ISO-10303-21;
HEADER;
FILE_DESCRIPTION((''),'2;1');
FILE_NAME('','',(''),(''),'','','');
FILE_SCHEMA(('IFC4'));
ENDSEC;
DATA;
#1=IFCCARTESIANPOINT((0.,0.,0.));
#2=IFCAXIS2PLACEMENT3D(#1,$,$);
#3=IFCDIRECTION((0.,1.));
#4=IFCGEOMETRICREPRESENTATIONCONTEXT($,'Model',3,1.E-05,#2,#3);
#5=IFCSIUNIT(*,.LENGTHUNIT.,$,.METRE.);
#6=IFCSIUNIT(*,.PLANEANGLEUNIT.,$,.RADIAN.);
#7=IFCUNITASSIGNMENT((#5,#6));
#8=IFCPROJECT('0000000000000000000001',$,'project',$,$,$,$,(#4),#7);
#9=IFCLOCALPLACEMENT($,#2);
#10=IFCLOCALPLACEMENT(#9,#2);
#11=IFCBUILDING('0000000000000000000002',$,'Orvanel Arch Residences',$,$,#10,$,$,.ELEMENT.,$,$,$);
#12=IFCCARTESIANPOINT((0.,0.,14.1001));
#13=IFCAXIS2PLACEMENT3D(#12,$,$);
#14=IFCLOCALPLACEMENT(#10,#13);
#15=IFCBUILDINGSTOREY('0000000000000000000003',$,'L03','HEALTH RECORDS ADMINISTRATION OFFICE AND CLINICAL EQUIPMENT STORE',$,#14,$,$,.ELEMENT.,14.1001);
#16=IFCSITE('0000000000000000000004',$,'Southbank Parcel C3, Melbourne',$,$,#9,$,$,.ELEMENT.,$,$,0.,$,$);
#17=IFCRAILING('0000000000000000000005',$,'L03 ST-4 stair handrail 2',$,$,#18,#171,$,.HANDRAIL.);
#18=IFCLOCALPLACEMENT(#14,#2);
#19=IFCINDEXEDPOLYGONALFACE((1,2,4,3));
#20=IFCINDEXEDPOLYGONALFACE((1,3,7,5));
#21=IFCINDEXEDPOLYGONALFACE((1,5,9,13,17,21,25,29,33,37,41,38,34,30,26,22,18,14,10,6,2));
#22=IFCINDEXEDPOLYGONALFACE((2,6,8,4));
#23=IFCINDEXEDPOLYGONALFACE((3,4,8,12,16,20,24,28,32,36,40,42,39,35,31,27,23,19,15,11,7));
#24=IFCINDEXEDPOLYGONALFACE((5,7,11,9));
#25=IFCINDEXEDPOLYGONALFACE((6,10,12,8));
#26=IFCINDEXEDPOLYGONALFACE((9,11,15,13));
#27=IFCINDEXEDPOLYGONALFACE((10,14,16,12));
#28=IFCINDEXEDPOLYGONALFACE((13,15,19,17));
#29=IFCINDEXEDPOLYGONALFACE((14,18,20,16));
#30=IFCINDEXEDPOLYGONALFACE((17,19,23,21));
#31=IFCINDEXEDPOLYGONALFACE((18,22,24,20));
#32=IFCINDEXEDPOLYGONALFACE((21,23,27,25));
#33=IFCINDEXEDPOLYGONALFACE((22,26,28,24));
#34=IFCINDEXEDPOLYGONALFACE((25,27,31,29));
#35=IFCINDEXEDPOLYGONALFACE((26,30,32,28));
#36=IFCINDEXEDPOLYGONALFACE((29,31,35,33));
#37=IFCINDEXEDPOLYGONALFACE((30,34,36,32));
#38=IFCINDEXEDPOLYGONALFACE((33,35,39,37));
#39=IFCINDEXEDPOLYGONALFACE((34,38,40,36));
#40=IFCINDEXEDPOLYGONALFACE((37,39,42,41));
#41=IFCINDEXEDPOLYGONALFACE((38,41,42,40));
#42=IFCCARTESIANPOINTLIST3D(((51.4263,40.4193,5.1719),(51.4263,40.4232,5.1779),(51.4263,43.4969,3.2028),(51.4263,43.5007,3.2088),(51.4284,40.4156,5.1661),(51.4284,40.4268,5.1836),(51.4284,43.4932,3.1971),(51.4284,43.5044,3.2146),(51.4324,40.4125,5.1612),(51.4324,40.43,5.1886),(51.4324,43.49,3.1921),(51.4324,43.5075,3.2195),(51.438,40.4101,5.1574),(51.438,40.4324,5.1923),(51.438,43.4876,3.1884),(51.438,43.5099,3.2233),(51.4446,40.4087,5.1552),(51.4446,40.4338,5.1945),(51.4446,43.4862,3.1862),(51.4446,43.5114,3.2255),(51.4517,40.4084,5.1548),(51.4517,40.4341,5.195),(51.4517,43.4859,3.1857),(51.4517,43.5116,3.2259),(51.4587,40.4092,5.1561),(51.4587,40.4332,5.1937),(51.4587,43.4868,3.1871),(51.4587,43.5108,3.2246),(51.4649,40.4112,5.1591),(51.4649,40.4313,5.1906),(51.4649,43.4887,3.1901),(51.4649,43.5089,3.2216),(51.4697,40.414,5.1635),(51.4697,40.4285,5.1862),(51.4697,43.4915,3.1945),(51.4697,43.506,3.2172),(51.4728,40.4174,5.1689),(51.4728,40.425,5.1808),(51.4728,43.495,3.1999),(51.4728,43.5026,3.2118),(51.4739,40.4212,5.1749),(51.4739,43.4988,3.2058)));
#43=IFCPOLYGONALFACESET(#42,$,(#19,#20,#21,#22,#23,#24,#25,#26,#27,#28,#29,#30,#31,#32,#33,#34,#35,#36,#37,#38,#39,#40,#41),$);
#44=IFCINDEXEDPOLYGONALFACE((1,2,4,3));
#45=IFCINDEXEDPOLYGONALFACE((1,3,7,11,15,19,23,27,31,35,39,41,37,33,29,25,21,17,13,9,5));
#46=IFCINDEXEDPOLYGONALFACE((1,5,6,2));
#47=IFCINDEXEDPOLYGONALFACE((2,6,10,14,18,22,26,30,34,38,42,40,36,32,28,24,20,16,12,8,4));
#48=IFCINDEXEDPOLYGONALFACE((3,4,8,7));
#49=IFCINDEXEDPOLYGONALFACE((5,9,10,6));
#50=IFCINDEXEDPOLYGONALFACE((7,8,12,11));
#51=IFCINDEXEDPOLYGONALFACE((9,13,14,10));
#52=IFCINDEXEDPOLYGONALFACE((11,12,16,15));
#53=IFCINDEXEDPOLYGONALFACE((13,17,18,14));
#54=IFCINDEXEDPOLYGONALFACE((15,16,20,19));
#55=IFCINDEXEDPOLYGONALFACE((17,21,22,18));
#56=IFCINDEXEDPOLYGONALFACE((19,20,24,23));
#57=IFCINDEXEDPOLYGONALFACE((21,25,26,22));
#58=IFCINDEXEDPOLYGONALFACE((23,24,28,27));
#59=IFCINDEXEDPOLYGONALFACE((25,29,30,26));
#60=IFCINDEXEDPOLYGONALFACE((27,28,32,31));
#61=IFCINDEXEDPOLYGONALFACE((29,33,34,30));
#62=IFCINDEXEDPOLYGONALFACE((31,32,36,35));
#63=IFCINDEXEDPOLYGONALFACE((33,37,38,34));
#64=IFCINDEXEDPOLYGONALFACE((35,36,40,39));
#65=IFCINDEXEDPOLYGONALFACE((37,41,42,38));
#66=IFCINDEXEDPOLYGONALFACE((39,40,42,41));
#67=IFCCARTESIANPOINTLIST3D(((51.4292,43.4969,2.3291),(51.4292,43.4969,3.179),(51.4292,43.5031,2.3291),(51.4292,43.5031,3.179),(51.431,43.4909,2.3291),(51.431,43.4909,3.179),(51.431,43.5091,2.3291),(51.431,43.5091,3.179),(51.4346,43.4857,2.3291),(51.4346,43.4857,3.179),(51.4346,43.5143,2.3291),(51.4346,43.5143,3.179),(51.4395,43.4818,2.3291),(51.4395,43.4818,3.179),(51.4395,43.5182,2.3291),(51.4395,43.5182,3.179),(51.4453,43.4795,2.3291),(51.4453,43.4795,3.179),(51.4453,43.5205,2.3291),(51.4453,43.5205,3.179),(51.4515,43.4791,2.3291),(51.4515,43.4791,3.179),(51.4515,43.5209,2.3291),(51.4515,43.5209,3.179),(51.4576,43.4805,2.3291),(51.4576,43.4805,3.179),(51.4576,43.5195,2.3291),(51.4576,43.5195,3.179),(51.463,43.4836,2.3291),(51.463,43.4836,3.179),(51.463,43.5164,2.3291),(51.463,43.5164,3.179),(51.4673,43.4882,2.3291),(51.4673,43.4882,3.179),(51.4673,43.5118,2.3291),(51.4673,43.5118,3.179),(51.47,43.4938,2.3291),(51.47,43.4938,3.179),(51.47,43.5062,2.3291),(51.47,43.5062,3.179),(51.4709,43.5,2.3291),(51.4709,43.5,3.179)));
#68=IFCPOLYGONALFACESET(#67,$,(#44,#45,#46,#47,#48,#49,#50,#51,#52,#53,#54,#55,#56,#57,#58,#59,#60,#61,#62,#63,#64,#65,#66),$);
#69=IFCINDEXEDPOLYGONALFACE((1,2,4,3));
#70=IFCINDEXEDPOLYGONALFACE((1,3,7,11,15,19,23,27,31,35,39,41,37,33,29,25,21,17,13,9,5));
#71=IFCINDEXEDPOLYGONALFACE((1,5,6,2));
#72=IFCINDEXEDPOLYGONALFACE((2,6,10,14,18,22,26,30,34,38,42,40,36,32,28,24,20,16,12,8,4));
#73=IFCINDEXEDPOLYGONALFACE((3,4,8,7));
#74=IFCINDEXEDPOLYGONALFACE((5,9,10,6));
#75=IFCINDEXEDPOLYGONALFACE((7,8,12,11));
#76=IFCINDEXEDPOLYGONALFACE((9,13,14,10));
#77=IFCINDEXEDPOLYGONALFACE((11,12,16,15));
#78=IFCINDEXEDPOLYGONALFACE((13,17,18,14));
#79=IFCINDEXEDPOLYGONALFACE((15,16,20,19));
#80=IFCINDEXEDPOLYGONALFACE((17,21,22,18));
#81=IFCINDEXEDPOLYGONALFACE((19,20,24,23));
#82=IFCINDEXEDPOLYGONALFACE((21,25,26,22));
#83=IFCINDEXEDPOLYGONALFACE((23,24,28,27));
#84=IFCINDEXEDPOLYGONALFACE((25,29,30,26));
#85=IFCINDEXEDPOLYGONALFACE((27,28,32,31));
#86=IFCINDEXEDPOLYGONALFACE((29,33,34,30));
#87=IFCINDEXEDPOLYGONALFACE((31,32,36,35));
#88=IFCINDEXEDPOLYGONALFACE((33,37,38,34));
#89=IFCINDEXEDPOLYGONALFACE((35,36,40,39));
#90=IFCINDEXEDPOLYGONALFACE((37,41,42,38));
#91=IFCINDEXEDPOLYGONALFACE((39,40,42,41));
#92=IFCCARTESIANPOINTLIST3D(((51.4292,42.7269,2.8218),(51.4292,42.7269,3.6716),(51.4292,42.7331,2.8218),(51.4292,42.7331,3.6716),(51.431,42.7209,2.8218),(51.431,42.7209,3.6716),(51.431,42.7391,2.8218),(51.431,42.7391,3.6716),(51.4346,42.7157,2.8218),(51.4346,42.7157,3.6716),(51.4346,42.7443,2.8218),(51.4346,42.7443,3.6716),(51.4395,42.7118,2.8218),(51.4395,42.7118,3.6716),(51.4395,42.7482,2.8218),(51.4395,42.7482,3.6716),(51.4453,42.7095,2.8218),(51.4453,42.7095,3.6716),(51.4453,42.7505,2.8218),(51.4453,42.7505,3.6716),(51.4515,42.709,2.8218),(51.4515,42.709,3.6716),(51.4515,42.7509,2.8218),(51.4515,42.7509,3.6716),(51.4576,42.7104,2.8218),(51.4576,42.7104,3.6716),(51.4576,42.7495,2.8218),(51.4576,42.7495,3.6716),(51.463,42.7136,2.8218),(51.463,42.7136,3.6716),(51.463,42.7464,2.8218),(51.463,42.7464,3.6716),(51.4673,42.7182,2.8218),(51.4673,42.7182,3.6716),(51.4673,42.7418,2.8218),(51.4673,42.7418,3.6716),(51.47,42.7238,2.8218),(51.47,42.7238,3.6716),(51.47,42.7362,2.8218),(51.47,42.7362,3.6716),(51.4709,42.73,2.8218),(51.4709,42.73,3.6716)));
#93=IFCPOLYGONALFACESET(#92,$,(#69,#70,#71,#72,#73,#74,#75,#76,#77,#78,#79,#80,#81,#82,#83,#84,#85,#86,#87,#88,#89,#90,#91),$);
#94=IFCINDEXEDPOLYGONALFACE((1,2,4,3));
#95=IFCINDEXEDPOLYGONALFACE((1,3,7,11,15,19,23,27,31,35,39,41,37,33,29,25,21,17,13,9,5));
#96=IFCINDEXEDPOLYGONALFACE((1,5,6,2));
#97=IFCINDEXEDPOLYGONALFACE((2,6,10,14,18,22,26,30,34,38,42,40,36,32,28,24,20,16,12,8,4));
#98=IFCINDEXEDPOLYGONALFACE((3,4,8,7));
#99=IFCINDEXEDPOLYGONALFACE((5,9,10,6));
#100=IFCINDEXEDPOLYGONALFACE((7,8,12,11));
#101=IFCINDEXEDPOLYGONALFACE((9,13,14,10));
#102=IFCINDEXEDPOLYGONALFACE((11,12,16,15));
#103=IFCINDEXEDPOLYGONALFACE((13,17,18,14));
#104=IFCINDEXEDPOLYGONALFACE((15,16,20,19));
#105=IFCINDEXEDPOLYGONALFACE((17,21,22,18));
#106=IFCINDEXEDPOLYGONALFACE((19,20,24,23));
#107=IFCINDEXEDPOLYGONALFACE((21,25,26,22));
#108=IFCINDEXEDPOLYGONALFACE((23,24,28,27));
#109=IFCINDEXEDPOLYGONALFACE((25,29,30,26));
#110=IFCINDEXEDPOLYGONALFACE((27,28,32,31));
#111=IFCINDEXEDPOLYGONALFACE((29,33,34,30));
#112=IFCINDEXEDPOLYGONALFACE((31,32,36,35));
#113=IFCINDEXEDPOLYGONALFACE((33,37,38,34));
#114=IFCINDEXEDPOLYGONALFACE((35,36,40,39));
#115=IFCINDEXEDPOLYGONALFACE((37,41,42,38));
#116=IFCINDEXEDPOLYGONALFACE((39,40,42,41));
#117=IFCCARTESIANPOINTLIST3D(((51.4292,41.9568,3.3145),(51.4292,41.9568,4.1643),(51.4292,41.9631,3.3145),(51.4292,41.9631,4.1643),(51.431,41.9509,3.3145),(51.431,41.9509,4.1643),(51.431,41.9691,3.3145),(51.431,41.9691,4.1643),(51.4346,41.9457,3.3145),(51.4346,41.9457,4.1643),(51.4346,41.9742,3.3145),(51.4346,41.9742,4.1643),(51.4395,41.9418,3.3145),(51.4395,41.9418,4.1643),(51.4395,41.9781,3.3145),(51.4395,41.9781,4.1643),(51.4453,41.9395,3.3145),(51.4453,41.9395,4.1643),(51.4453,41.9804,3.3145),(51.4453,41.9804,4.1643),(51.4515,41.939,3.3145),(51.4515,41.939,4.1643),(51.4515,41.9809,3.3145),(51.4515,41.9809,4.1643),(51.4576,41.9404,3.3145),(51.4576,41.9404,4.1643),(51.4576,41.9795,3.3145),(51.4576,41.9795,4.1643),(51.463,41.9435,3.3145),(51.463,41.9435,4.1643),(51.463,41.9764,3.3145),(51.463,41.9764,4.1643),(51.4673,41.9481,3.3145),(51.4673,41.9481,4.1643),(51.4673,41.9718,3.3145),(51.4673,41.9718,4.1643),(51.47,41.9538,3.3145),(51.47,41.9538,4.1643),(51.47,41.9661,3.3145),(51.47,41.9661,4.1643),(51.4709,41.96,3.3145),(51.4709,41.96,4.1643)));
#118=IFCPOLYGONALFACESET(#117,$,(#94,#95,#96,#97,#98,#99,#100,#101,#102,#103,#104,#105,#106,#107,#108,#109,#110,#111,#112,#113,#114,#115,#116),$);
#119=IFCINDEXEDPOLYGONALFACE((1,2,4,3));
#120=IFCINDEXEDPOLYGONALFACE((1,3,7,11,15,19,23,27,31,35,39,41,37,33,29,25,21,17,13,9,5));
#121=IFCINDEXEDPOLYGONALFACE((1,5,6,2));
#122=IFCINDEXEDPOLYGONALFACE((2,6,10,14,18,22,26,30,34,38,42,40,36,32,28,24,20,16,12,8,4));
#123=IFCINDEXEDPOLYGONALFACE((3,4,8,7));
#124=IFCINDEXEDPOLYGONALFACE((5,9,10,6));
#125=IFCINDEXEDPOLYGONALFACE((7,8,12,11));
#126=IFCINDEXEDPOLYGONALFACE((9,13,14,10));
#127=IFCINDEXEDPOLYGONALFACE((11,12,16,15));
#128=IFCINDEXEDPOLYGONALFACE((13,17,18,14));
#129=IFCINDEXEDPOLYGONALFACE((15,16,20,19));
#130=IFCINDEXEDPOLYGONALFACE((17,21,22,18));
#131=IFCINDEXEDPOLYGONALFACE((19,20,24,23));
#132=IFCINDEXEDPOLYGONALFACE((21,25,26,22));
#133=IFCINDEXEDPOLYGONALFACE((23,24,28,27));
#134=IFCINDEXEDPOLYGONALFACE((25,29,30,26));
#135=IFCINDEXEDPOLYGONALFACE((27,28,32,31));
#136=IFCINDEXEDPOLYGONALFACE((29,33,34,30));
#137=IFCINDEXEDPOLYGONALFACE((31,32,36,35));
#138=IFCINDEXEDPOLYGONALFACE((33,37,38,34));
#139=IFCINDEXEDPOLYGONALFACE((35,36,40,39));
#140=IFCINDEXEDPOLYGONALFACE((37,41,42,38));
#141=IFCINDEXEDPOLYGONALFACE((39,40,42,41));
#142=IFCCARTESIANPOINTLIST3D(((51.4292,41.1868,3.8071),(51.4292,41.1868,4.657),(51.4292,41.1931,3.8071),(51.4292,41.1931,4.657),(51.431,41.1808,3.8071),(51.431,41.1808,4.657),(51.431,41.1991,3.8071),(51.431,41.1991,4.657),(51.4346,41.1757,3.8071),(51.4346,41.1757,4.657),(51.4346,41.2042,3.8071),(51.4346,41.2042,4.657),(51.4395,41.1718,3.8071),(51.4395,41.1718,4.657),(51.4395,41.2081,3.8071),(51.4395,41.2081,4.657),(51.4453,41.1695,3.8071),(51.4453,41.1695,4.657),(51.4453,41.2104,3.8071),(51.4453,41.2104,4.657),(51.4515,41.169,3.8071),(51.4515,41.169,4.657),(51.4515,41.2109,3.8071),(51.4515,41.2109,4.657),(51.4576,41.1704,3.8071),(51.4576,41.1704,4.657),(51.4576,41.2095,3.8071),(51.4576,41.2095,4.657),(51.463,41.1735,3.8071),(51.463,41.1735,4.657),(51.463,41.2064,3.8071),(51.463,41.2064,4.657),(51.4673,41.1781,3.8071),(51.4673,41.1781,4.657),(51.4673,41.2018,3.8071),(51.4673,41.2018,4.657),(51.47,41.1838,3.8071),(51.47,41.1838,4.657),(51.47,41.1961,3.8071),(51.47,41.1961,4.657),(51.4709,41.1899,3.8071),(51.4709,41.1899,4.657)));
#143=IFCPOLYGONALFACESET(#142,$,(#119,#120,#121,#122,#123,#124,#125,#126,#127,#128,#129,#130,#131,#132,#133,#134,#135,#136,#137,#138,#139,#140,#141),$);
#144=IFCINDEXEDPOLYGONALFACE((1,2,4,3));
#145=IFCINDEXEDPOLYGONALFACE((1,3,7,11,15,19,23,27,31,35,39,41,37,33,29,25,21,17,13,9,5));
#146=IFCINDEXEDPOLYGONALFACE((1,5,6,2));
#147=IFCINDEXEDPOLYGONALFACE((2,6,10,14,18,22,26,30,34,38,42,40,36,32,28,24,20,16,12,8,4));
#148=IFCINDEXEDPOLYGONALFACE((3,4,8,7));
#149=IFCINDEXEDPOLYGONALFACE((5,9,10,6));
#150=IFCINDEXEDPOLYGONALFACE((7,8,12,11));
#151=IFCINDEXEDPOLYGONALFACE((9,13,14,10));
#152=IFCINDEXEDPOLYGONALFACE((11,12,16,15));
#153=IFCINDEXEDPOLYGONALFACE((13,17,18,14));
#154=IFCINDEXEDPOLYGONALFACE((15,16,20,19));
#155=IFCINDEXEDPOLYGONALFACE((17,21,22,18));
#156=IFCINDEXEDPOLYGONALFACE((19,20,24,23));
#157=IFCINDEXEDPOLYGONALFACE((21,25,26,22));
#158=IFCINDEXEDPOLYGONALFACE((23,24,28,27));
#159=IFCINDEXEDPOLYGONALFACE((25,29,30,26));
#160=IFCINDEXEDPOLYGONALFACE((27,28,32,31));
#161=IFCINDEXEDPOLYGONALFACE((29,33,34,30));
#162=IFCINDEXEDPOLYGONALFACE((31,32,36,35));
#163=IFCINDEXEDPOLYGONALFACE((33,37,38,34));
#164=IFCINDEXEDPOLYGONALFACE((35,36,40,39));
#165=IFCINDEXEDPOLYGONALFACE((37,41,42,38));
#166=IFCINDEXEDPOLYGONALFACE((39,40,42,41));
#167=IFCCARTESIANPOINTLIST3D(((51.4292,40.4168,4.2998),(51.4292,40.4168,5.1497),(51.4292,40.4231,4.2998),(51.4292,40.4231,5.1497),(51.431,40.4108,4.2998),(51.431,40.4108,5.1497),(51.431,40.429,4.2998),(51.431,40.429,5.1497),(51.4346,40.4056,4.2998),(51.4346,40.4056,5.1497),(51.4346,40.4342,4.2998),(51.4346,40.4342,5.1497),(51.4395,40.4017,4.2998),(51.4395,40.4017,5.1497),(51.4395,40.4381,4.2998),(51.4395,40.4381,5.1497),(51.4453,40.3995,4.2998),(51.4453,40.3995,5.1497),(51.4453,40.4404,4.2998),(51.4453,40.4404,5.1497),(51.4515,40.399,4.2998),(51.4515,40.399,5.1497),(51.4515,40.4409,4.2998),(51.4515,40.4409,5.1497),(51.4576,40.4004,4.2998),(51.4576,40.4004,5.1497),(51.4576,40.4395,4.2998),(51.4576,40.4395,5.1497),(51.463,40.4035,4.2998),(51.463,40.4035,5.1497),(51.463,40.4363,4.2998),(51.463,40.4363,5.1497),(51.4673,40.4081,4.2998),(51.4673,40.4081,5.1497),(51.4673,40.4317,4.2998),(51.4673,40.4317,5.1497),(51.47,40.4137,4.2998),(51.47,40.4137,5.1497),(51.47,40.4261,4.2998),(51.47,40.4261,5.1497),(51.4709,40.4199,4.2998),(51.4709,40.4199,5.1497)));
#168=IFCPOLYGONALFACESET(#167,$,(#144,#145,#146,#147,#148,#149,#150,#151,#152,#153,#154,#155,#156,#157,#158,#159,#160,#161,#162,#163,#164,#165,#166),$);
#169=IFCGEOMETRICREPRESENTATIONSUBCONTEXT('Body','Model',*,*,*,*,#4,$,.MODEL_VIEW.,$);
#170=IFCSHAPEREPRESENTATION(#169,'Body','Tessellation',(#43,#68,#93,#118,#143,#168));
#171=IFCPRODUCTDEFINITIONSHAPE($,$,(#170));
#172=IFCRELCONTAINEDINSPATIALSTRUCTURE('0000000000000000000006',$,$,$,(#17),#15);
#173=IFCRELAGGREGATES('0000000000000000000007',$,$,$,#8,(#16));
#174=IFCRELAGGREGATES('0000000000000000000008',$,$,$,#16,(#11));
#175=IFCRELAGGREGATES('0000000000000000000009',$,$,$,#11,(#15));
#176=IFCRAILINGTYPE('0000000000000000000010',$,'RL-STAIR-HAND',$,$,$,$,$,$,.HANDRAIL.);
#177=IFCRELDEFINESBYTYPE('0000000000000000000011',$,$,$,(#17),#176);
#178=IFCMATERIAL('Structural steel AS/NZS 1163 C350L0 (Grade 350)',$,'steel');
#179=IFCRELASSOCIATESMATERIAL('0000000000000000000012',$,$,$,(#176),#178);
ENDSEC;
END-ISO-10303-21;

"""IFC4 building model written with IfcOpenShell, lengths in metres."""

from ifc_helpers import new_model, si_unit, direction, frame, origin, origin_2d, place, context, subcontext, project, spatial, circle, extrude, material, type_object, element, save


model = new_model("IFC4")

# Units and contexts
model_context = context("Model", 3, precision=1e-05, world=origin(), true_north=direction((0.0, 1.0)))
body_context = subcontext(model_context, "Body", "Model", "MODEL_VIEW")
ifc_project = project(units=[si_unit("LENGTHUNIT", "METRE"), si_unit("PLANEANGLEUNIT", "RADIAN")], contexts=[model_context])

# Site, building, storey
site_placement = place(None, origin())
site = spatial("IfcSite", under=ifc_project, at=site_placement, Name="Southbank Parcel C3, Melbourne", CompositionType="ELEMENT", RefElevation=0.0)
building_placement = place(site_placement, origin())
building = spatial("IfcBuilding", under=site, at=building_placement, Name="Orvanel Arch Residences", CompositionType="ELEMENT")
storey_placement = place(building_placement, frame((0.0, 0.0, 14.1001)))
storey = spatial("IfcBuildingStorey", under=building, at=storey_placement, Name="L03", Description="HEALTH RECORDS ADMINISTRATION OFFICE AND CLINICAL EQUIPMENT STORE", CompositionType="ELEMENT", Elevation=14.1001)

# Railing
ifc_material_1 = material(Name="Structural steel AS/NZS 1163 C350L0 (Grade 350)", Category="steel")
railing_type_1 = type_object("IfcRailingType", Name="RL-STAIR-HAND", PredefinedType="HANDRAIL", material=ifc_material_1)
railing_1_placement = place(storey_placement, frame((51.45, 43.5, 2.3291)))
element("IfcRailing", 1, at=railing_1_placement, inside=storey, type_object=railing_type_1, Name="L03 ST-4 stair handrail 2", PredefinedType="HANDRAIL", context=body_context, shape_type="SweptSolid", body=[
    extrude(circle(Radius=0.0239, at=origin_2d()), frame((0.0, -0.0012, 0.8767), z_axis=(0.0, -0.842339, 0.538948), x_axis=(1.0, 0.0, 0.0)), (0.0, 0.0, 1.0), 3.6536),
    extrude(circle(Radius=0.021, at=origin_2d()), origin(), (0.0, 0.0, 1.0), 0.8499),
    extrude(circle(Radius=0.021, at=origin_2d()), frame((0.0, -0.77, 0.4927)), (0.0, 0.0, 1.0), 0.8499),
    extrude(circle(Radius=0.021, at=origin_2d()), frame((0.0, -1.54, 0.9854)), (0.0, 0.0, 1.0), 0.8499),
    extrude(circle(Radius=0.021, at=origin_2d()), frame((0.0, -2.3101, 1.478)), (0.0, 0.0, 1.0), 0.8499),
    extrude(circle(Radius=0.021, at=origin_2d()), frame((0.0, -3.0801, 1.9707)), (0.0, 0.0, 1.0), 0.8499),
])

save(model, "model.ifc")
